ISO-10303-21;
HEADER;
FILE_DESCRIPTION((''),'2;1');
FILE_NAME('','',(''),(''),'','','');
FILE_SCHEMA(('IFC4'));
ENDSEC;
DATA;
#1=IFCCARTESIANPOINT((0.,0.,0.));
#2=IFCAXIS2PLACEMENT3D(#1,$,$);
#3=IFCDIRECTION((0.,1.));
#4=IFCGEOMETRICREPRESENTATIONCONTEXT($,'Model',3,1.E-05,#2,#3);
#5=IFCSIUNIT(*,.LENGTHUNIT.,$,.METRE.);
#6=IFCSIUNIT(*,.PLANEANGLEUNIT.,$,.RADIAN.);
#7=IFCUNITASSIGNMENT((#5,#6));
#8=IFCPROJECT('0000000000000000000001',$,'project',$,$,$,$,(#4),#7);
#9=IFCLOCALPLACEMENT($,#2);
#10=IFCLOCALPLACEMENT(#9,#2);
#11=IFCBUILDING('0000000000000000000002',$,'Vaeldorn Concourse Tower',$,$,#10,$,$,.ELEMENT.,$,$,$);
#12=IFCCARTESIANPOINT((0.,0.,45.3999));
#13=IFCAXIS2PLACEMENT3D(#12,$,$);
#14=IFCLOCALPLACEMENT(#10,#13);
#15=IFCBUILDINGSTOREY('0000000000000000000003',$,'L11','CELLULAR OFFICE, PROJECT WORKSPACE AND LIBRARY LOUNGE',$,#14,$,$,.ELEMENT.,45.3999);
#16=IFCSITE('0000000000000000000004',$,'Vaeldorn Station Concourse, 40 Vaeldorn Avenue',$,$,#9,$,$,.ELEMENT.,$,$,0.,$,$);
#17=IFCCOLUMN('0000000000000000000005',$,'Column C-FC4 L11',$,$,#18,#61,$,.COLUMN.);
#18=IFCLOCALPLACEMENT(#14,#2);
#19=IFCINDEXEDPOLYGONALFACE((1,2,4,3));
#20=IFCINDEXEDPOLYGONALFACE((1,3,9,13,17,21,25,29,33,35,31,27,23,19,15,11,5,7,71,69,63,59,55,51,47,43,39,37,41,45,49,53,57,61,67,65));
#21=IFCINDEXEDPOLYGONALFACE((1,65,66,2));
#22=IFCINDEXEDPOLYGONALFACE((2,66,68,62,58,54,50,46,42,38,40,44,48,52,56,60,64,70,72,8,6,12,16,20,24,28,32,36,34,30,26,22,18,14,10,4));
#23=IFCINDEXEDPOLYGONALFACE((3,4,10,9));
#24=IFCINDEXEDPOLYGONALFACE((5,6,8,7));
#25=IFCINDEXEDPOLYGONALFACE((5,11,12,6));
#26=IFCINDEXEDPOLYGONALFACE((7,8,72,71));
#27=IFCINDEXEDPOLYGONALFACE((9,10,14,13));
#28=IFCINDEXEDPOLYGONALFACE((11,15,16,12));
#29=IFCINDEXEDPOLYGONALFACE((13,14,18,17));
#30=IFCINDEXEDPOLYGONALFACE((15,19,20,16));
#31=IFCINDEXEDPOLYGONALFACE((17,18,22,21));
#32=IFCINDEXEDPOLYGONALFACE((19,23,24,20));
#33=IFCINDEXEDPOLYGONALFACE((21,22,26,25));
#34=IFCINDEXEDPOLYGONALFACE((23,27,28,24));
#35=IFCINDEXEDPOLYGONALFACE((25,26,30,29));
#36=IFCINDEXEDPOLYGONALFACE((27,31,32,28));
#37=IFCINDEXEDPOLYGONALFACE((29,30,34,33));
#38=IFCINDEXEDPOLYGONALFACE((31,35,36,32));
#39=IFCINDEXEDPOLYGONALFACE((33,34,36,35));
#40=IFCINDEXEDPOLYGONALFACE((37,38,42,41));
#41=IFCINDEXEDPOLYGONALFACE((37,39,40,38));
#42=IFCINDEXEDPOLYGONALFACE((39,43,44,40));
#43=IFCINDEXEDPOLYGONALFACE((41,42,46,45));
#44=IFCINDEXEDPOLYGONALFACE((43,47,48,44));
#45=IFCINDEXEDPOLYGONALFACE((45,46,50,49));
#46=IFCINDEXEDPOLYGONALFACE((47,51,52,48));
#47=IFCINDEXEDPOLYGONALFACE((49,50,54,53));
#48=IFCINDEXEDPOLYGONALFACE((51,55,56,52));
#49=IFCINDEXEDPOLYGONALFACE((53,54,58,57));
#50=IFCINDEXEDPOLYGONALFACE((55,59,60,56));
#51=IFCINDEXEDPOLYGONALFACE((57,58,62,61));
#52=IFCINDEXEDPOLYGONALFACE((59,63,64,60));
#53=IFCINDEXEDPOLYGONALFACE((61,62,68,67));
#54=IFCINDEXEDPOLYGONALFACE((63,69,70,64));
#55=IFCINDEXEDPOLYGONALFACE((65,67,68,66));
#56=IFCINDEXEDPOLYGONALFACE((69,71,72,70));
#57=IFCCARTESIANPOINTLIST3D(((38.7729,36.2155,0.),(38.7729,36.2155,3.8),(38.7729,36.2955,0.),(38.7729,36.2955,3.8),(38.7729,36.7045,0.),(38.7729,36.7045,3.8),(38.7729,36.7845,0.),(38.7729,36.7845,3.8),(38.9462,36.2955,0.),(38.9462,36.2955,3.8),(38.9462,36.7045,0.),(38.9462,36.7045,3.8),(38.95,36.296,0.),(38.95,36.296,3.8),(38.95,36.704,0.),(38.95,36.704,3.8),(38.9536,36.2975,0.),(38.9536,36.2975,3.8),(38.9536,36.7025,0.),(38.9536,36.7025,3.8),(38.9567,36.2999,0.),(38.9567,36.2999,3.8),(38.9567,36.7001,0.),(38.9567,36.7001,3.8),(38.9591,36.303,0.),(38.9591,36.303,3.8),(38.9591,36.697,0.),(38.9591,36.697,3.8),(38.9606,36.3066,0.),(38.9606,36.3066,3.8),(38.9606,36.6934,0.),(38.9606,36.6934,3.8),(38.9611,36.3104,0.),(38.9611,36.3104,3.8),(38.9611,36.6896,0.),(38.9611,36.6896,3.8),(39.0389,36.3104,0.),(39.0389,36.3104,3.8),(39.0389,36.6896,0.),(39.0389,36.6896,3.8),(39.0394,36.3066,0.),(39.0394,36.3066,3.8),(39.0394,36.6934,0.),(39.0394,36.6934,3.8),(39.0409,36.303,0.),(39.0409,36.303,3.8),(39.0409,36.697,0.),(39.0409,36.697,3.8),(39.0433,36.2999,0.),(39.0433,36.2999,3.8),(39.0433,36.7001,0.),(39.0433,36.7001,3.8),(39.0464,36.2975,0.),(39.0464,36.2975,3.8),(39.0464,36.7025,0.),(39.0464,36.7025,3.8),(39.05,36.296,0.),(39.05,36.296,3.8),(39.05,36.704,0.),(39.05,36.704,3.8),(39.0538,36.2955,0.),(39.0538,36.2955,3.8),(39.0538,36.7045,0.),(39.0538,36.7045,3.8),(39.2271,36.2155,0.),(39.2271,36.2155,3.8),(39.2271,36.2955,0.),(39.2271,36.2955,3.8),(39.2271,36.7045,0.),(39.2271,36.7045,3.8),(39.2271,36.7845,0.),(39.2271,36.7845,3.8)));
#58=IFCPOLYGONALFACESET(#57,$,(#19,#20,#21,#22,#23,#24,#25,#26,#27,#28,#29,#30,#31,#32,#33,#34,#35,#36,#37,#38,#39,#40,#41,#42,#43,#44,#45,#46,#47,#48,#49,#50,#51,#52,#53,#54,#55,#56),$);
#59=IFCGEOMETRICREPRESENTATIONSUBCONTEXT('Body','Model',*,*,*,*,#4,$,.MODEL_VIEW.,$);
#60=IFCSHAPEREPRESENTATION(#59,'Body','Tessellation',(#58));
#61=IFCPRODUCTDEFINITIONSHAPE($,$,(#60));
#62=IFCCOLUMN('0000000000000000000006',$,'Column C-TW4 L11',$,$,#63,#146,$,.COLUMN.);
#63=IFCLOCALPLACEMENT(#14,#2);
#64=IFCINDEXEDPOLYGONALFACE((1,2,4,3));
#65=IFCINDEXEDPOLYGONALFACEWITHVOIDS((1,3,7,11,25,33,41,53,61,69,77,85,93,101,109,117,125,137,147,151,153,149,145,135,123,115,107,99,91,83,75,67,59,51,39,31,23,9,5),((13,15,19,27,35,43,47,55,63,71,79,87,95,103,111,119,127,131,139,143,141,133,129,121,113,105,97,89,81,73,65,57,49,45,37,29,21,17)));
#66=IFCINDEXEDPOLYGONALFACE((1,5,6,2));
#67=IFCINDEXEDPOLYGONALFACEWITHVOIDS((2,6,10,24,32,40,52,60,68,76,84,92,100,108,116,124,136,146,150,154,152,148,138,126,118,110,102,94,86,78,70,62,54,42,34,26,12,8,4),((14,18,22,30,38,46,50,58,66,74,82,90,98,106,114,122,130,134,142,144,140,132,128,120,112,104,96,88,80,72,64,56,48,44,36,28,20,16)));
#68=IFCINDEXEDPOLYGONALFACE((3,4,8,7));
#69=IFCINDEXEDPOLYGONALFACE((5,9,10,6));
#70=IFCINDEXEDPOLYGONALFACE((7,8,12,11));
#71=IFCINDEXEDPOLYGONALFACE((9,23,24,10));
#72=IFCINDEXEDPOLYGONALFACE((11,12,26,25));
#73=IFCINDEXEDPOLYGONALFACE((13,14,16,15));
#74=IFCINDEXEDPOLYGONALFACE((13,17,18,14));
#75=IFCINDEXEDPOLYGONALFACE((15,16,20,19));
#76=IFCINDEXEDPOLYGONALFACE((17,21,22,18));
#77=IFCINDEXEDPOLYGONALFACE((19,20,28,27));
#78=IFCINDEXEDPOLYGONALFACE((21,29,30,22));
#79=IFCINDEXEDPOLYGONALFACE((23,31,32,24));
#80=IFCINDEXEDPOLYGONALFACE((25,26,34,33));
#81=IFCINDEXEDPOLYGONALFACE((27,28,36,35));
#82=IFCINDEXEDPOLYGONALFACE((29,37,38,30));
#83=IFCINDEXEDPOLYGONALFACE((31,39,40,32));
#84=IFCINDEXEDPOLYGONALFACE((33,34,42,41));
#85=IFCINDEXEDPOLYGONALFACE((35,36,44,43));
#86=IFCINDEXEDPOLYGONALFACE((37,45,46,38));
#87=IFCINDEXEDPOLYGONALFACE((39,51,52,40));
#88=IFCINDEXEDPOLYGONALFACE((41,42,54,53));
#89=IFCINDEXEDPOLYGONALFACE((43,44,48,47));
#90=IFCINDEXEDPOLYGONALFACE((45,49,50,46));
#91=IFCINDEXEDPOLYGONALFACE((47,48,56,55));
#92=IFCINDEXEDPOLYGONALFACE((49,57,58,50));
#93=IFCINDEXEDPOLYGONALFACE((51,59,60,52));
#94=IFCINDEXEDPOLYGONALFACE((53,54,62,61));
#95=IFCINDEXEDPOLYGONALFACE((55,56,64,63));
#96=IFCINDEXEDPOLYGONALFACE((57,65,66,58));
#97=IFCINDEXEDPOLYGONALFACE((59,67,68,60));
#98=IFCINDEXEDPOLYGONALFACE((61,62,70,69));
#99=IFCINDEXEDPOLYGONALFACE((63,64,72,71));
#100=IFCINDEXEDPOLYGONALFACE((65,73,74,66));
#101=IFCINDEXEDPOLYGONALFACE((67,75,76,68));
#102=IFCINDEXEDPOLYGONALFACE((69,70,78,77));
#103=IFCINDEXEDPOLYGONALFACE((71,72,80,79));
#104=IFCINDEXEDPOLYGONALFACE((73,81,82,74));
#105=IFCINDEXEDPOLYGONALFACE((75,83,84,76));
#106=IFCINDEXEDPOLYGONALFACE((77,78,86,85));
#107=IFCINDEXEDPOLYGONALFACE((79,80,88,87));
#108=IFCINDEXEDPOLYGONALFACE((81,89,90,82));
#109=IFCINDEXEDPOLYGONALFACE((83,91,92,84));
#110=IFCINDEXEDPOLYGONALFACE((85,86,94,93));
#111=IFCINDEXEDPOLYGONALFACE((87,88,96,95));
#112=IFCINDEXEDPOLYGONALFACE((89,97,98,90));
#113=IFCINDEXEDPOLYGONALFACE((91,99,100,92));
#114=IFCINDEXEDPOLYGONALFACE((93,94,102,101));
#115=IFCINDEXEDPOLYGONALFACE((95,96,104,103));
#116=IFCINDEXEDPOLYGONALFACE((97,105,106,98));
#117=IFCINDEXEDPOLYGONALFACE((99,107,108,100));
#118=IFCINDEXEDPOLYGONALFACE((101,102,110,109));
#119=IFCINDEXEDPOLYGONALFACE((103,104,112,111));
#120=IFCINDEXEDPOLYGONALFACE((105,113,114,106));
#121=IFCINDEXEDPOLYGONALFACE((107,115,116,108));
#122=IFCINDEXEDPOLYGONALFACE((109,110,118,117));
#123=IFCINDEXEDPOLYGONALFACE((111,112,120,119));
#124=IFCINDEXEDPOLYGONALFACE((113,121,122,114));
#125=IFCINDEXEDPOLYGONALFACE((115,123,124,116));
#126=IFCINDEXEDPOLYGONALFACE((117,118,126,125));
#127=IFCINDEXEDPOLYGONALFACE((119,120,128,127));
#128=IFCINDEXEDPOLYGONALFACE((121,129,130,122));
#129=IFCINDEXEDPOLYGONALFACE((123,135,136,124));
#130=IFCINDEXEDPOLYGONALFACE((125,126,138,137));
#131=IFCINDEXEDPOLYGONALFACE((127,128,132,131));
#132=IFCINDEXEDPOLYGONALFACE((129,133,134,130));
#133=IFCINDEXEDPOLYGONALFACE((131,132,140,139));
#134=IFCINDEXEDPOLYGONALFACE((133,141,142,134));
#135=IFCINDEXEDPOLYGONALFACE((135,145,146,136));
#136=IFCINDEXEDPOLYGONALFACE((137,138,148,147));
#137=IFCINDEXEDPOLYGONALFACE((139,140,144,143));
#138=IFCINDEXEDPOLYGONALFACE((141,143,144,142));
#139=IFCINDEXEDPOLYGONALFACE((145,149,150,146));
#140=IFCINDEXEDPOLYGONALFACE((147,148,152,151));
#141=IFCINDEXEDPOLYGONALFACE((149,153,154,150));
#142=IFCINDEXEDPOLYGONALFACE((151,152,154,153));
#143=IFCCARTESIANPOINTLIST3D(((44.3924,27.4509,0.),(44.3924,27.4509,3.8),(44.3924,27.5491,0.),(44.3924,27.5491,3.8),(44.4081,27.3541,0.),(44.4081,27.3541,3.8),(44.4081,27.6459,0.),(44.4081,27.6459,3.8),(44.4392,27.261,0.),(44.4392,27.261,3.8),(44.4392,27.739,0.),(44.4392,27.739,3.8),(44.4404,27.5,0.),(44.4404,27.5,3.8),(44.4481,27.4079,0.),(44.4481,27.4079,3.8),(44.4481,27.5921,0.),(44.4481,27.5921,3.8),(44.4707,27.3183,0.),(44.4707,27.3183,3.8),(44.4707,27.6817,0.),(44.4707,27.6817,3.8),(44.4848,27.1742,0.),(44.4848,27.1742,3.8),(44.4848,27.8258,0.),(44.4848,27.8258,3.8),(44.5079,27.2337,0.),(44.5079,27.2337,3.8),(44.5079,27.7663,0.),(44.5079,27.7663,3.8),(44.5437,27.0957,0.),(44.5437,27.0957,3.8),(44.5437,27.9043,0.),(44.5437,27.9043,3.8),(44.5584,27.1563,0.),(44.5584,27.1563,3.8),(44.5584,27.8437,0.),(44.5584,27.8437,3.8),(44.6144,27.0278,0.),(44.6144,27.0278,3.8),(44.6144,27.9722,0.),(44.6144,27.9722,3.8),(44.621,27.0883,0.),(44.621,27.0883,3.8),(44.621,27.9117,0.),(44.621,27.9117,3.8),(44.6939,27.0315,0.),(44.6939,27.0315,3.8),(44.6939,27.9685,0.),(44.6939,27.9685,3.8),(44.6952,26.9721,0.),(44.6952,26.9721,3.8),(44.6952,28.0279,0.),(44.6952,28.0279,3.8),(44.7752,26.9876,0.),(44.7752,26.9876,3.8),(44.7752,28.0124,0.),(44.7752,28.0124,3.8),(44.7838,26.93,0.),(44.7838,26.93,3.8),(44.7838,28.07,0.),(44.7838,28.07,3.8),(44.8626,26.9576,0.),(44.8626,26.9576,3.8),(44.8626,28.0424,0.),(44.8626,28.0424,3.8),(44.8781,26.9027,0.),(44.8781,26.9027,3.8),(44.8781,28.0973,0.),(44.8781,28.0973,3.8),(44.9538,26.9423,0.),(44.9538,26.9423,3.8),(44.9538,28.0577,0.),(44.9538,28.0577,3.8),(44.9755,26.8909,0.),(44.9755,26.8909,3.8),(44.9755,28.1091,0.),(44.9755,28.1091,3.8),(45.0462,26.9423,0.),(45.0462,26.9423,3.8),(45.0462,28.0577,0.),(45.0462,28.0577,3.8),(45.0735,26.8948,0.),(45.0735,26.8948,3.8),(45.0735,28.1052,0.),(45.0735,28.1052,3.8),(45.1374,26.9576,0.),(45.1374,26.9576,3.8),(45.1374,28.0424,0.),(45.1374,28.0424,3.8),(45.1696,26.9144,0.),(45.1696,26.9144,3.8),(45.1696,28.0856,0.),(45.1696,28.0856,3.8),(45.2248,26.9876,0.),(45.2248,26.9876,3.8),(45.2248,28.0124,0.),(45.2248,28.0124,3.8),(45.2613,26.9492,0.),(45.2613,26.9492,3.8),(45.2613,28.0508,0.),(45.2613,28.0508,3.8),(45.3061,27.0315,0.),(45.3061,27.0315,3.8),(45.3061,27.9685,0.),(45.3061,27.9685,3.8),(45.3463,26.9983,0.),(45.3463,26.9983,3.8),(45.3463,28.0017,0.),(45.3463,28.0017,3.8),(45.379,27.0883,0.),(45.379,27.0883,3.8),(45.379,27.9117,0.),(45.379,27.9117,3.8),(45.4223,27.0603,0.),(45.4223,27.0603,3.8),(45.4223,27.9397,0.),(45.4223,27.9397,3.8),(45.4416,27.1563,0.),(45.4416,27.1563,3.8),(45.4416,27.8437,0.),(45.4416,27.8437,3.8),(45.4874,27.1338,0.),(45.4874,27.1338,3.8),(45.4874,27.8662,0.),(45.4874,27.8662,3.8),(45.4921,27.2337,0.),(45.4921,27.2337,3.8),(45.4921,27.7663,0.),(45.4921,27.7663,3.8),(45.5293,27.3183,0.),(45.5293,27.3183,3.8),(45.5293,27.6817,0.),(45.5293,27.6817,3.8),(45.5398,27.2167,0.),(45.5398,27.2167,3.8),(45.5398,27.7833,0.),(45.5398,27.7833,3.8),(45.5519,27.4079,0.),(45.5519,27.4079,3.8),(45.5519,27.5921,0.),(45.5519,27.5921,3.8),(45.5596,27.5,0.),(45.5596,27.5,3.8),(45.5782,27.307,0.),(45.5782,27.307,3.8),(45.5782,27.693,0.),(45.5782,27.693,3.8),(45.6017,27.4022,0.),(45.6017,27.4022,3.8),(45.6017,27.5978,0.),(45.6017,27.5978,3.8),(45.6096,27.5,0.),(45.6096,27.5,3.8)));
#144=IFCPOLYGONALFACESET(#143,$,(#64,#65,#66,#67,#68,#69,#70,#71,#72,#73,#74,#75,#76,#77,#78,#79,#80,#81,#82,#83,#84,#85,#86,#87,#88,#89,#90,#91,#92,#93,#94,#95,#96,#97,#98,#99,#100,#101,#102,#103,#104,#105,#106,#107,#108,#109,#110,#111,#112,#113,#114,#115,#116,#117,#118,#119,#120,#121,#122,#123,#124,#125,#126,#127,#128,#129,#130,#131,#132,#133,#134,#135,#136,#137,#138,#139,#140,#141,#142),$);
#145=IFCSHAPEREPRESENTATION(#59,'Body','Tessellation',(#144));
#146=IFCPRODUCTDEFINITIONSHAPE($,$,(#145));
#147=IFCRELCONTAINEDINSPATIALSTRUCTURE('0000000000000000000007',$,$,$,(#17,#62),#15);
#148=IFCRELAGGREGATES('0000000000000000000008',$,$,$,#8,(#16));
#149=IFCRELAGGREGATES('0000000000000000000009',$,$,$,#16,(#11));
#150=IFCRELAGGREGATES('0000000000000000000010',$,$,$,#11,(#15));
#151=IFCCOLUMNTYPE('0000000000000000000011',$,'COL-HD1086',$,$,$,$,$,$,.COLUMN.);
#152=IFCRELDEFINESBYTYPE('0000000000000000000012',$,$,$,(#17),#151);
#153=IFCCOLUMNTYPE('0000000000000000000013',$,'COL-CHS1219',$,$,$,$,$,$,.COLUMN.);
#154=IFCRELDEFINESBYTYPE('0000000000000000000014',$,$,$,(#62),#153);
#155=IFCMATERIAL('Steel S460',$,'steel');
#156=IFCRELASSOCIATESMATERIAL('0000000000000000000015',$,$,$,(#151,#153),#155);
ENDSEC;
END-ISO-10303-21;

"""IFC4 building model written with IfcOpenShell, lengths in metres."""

from ifc_helpers import new_model, si_unit, direction, frame, origin, origin_2d, place, context, subcontext, project, spatial, hollow_circle, i_section, extrude, source, transform, mapped, material, material_profile, profile_set, type_object, element, save


model = new_model("IFC4")

# Units and contexts
model_context = context("Model", 3, precision=1e-05, world=origin(), true_north=direction((0.0, 1.0)))
body_context = subcontext(model_context, "Body", "Model", "MODEL_VIEW")
ifc_project = project(units=[si_unit("LENGTHUNIT", "METRE"), si_unit("PLANEANGLEUNIT", "RADIAN")], contexts=[model_context])

# Site, building, storey
site_placement = place(None, origin())
site = spatial("IfcSite", under=ifc_project, at=site_placement, Name="Vaeldorn Station Concourse, 40 Vaeldorn Avenue", CompositionType="ELEMENT", RefElevation=0.0)
building_placement = place(site_placement, origin())
building = spatial("IfcBuilding", under=site, at=building_placement, Name="Vaeldorn Concourse Tower", CompositionType="ELEMENT")
storey_placement = place(building_placement, frame((0.0, 0.0, 45.3999)))
storey = spatial("IfcBuildingStorey", under=building, at=storey_placement, Name="L11", Description="CELLULAR OFFICE, PROJECT WORKSPACE AND LIBRARY LOUNGE", CompositionType="ELEMENT", Elevation=45.3999)

# Columns
ifc_material_1 = material(Name="Steel S460", Category="steel")
ifc_material_profile_1 = material_profile(ifc_material_1, i_section(OverallWidth=0.4541, OverallDepth=0.5691, WebThickness=0.0779, FlangeThickness=0.0801, FilletRadius=0.0149, at=origin_2d()), Name="HD 400x1086")
ifc_profile_set_1 = profile_set([ifc_material_profile_1], Name="Steel S460")
column_type_1 = type_object("IfcColumnType", Name="COL-HD1086", PredefinedType="COLUMN", material=ifc_profile_set_1)
shared_shape_1 = source(origin(), body_context, "Body", "SweptSolid", [
    extrude(i_section(OverallWidth=0.4541, OverallDepth=0.5691, WebThickness=0.0779, FlangeThickness=0.0801, FilletRadius=0.0149, at=origin_2d()), origin(), (0.0, 0.0, 1.0), 3.8),
])
column_1_placement = place(storey_placement, frame((39.0, 36.5, 0.0), z_axis=(0.0, 0.0, 1.0), x_axis=(1.0, 0.0, 0.0)))
element("IfcColumn", 1, at=column_1_placement, inside=storey, type_object=column_type_1, Name="Column C-FC4 L11", PredefinedType="COLUMN", context=body_context, shape_type="MappedRepresentation", body=[
    mapped(shared_shape_1, transform((0.0, 0.0, 0.0), scale=1.0)),
])
ifc_material_profile_2 = material_profile(ifc_material_1, hollow_circle(Radius=0.6096, WallThickness=0.05, at=origin_2d()), Name="CHS 1219x50")
ifc_profile_set_2 = profile_set([ifc_material_profile_2], Name="Steel S460")
column_type_2 = type_object("IfcColumnType", Name="COL-CHS1219", PredefinedType="COLUMN", material=ifc_profile_set_2)
shared_shape_2 = source(origin(), body_context, "Body", "SweptSolid", [
    extrude(hollow_circle(Radius=0.6096, WallThickness=0.05, at=origin_2d()), origin(), (0.0, 0.0, 1.0), 3.8),
])
column_2_placement = place(storey_placement, frame((45.0, 27.5, 0.0), z_axis=(0.0, 0.0, 1.0), x_axis=(1.0, 0.0, 0.0)))
element("IfcColumn", 2, at=column_2_placement, inside=storey, type_object=column_type_2, Name="Column C-TW4 L11", PredefinedType="COLUMN", context=body_context, shape_type="MappedRepresentation", body=[
    mapped(shared_shape_2, transform((0.0, 0.0, 0.0), scale=1.0)),
])

save(model, "model.ifc")
